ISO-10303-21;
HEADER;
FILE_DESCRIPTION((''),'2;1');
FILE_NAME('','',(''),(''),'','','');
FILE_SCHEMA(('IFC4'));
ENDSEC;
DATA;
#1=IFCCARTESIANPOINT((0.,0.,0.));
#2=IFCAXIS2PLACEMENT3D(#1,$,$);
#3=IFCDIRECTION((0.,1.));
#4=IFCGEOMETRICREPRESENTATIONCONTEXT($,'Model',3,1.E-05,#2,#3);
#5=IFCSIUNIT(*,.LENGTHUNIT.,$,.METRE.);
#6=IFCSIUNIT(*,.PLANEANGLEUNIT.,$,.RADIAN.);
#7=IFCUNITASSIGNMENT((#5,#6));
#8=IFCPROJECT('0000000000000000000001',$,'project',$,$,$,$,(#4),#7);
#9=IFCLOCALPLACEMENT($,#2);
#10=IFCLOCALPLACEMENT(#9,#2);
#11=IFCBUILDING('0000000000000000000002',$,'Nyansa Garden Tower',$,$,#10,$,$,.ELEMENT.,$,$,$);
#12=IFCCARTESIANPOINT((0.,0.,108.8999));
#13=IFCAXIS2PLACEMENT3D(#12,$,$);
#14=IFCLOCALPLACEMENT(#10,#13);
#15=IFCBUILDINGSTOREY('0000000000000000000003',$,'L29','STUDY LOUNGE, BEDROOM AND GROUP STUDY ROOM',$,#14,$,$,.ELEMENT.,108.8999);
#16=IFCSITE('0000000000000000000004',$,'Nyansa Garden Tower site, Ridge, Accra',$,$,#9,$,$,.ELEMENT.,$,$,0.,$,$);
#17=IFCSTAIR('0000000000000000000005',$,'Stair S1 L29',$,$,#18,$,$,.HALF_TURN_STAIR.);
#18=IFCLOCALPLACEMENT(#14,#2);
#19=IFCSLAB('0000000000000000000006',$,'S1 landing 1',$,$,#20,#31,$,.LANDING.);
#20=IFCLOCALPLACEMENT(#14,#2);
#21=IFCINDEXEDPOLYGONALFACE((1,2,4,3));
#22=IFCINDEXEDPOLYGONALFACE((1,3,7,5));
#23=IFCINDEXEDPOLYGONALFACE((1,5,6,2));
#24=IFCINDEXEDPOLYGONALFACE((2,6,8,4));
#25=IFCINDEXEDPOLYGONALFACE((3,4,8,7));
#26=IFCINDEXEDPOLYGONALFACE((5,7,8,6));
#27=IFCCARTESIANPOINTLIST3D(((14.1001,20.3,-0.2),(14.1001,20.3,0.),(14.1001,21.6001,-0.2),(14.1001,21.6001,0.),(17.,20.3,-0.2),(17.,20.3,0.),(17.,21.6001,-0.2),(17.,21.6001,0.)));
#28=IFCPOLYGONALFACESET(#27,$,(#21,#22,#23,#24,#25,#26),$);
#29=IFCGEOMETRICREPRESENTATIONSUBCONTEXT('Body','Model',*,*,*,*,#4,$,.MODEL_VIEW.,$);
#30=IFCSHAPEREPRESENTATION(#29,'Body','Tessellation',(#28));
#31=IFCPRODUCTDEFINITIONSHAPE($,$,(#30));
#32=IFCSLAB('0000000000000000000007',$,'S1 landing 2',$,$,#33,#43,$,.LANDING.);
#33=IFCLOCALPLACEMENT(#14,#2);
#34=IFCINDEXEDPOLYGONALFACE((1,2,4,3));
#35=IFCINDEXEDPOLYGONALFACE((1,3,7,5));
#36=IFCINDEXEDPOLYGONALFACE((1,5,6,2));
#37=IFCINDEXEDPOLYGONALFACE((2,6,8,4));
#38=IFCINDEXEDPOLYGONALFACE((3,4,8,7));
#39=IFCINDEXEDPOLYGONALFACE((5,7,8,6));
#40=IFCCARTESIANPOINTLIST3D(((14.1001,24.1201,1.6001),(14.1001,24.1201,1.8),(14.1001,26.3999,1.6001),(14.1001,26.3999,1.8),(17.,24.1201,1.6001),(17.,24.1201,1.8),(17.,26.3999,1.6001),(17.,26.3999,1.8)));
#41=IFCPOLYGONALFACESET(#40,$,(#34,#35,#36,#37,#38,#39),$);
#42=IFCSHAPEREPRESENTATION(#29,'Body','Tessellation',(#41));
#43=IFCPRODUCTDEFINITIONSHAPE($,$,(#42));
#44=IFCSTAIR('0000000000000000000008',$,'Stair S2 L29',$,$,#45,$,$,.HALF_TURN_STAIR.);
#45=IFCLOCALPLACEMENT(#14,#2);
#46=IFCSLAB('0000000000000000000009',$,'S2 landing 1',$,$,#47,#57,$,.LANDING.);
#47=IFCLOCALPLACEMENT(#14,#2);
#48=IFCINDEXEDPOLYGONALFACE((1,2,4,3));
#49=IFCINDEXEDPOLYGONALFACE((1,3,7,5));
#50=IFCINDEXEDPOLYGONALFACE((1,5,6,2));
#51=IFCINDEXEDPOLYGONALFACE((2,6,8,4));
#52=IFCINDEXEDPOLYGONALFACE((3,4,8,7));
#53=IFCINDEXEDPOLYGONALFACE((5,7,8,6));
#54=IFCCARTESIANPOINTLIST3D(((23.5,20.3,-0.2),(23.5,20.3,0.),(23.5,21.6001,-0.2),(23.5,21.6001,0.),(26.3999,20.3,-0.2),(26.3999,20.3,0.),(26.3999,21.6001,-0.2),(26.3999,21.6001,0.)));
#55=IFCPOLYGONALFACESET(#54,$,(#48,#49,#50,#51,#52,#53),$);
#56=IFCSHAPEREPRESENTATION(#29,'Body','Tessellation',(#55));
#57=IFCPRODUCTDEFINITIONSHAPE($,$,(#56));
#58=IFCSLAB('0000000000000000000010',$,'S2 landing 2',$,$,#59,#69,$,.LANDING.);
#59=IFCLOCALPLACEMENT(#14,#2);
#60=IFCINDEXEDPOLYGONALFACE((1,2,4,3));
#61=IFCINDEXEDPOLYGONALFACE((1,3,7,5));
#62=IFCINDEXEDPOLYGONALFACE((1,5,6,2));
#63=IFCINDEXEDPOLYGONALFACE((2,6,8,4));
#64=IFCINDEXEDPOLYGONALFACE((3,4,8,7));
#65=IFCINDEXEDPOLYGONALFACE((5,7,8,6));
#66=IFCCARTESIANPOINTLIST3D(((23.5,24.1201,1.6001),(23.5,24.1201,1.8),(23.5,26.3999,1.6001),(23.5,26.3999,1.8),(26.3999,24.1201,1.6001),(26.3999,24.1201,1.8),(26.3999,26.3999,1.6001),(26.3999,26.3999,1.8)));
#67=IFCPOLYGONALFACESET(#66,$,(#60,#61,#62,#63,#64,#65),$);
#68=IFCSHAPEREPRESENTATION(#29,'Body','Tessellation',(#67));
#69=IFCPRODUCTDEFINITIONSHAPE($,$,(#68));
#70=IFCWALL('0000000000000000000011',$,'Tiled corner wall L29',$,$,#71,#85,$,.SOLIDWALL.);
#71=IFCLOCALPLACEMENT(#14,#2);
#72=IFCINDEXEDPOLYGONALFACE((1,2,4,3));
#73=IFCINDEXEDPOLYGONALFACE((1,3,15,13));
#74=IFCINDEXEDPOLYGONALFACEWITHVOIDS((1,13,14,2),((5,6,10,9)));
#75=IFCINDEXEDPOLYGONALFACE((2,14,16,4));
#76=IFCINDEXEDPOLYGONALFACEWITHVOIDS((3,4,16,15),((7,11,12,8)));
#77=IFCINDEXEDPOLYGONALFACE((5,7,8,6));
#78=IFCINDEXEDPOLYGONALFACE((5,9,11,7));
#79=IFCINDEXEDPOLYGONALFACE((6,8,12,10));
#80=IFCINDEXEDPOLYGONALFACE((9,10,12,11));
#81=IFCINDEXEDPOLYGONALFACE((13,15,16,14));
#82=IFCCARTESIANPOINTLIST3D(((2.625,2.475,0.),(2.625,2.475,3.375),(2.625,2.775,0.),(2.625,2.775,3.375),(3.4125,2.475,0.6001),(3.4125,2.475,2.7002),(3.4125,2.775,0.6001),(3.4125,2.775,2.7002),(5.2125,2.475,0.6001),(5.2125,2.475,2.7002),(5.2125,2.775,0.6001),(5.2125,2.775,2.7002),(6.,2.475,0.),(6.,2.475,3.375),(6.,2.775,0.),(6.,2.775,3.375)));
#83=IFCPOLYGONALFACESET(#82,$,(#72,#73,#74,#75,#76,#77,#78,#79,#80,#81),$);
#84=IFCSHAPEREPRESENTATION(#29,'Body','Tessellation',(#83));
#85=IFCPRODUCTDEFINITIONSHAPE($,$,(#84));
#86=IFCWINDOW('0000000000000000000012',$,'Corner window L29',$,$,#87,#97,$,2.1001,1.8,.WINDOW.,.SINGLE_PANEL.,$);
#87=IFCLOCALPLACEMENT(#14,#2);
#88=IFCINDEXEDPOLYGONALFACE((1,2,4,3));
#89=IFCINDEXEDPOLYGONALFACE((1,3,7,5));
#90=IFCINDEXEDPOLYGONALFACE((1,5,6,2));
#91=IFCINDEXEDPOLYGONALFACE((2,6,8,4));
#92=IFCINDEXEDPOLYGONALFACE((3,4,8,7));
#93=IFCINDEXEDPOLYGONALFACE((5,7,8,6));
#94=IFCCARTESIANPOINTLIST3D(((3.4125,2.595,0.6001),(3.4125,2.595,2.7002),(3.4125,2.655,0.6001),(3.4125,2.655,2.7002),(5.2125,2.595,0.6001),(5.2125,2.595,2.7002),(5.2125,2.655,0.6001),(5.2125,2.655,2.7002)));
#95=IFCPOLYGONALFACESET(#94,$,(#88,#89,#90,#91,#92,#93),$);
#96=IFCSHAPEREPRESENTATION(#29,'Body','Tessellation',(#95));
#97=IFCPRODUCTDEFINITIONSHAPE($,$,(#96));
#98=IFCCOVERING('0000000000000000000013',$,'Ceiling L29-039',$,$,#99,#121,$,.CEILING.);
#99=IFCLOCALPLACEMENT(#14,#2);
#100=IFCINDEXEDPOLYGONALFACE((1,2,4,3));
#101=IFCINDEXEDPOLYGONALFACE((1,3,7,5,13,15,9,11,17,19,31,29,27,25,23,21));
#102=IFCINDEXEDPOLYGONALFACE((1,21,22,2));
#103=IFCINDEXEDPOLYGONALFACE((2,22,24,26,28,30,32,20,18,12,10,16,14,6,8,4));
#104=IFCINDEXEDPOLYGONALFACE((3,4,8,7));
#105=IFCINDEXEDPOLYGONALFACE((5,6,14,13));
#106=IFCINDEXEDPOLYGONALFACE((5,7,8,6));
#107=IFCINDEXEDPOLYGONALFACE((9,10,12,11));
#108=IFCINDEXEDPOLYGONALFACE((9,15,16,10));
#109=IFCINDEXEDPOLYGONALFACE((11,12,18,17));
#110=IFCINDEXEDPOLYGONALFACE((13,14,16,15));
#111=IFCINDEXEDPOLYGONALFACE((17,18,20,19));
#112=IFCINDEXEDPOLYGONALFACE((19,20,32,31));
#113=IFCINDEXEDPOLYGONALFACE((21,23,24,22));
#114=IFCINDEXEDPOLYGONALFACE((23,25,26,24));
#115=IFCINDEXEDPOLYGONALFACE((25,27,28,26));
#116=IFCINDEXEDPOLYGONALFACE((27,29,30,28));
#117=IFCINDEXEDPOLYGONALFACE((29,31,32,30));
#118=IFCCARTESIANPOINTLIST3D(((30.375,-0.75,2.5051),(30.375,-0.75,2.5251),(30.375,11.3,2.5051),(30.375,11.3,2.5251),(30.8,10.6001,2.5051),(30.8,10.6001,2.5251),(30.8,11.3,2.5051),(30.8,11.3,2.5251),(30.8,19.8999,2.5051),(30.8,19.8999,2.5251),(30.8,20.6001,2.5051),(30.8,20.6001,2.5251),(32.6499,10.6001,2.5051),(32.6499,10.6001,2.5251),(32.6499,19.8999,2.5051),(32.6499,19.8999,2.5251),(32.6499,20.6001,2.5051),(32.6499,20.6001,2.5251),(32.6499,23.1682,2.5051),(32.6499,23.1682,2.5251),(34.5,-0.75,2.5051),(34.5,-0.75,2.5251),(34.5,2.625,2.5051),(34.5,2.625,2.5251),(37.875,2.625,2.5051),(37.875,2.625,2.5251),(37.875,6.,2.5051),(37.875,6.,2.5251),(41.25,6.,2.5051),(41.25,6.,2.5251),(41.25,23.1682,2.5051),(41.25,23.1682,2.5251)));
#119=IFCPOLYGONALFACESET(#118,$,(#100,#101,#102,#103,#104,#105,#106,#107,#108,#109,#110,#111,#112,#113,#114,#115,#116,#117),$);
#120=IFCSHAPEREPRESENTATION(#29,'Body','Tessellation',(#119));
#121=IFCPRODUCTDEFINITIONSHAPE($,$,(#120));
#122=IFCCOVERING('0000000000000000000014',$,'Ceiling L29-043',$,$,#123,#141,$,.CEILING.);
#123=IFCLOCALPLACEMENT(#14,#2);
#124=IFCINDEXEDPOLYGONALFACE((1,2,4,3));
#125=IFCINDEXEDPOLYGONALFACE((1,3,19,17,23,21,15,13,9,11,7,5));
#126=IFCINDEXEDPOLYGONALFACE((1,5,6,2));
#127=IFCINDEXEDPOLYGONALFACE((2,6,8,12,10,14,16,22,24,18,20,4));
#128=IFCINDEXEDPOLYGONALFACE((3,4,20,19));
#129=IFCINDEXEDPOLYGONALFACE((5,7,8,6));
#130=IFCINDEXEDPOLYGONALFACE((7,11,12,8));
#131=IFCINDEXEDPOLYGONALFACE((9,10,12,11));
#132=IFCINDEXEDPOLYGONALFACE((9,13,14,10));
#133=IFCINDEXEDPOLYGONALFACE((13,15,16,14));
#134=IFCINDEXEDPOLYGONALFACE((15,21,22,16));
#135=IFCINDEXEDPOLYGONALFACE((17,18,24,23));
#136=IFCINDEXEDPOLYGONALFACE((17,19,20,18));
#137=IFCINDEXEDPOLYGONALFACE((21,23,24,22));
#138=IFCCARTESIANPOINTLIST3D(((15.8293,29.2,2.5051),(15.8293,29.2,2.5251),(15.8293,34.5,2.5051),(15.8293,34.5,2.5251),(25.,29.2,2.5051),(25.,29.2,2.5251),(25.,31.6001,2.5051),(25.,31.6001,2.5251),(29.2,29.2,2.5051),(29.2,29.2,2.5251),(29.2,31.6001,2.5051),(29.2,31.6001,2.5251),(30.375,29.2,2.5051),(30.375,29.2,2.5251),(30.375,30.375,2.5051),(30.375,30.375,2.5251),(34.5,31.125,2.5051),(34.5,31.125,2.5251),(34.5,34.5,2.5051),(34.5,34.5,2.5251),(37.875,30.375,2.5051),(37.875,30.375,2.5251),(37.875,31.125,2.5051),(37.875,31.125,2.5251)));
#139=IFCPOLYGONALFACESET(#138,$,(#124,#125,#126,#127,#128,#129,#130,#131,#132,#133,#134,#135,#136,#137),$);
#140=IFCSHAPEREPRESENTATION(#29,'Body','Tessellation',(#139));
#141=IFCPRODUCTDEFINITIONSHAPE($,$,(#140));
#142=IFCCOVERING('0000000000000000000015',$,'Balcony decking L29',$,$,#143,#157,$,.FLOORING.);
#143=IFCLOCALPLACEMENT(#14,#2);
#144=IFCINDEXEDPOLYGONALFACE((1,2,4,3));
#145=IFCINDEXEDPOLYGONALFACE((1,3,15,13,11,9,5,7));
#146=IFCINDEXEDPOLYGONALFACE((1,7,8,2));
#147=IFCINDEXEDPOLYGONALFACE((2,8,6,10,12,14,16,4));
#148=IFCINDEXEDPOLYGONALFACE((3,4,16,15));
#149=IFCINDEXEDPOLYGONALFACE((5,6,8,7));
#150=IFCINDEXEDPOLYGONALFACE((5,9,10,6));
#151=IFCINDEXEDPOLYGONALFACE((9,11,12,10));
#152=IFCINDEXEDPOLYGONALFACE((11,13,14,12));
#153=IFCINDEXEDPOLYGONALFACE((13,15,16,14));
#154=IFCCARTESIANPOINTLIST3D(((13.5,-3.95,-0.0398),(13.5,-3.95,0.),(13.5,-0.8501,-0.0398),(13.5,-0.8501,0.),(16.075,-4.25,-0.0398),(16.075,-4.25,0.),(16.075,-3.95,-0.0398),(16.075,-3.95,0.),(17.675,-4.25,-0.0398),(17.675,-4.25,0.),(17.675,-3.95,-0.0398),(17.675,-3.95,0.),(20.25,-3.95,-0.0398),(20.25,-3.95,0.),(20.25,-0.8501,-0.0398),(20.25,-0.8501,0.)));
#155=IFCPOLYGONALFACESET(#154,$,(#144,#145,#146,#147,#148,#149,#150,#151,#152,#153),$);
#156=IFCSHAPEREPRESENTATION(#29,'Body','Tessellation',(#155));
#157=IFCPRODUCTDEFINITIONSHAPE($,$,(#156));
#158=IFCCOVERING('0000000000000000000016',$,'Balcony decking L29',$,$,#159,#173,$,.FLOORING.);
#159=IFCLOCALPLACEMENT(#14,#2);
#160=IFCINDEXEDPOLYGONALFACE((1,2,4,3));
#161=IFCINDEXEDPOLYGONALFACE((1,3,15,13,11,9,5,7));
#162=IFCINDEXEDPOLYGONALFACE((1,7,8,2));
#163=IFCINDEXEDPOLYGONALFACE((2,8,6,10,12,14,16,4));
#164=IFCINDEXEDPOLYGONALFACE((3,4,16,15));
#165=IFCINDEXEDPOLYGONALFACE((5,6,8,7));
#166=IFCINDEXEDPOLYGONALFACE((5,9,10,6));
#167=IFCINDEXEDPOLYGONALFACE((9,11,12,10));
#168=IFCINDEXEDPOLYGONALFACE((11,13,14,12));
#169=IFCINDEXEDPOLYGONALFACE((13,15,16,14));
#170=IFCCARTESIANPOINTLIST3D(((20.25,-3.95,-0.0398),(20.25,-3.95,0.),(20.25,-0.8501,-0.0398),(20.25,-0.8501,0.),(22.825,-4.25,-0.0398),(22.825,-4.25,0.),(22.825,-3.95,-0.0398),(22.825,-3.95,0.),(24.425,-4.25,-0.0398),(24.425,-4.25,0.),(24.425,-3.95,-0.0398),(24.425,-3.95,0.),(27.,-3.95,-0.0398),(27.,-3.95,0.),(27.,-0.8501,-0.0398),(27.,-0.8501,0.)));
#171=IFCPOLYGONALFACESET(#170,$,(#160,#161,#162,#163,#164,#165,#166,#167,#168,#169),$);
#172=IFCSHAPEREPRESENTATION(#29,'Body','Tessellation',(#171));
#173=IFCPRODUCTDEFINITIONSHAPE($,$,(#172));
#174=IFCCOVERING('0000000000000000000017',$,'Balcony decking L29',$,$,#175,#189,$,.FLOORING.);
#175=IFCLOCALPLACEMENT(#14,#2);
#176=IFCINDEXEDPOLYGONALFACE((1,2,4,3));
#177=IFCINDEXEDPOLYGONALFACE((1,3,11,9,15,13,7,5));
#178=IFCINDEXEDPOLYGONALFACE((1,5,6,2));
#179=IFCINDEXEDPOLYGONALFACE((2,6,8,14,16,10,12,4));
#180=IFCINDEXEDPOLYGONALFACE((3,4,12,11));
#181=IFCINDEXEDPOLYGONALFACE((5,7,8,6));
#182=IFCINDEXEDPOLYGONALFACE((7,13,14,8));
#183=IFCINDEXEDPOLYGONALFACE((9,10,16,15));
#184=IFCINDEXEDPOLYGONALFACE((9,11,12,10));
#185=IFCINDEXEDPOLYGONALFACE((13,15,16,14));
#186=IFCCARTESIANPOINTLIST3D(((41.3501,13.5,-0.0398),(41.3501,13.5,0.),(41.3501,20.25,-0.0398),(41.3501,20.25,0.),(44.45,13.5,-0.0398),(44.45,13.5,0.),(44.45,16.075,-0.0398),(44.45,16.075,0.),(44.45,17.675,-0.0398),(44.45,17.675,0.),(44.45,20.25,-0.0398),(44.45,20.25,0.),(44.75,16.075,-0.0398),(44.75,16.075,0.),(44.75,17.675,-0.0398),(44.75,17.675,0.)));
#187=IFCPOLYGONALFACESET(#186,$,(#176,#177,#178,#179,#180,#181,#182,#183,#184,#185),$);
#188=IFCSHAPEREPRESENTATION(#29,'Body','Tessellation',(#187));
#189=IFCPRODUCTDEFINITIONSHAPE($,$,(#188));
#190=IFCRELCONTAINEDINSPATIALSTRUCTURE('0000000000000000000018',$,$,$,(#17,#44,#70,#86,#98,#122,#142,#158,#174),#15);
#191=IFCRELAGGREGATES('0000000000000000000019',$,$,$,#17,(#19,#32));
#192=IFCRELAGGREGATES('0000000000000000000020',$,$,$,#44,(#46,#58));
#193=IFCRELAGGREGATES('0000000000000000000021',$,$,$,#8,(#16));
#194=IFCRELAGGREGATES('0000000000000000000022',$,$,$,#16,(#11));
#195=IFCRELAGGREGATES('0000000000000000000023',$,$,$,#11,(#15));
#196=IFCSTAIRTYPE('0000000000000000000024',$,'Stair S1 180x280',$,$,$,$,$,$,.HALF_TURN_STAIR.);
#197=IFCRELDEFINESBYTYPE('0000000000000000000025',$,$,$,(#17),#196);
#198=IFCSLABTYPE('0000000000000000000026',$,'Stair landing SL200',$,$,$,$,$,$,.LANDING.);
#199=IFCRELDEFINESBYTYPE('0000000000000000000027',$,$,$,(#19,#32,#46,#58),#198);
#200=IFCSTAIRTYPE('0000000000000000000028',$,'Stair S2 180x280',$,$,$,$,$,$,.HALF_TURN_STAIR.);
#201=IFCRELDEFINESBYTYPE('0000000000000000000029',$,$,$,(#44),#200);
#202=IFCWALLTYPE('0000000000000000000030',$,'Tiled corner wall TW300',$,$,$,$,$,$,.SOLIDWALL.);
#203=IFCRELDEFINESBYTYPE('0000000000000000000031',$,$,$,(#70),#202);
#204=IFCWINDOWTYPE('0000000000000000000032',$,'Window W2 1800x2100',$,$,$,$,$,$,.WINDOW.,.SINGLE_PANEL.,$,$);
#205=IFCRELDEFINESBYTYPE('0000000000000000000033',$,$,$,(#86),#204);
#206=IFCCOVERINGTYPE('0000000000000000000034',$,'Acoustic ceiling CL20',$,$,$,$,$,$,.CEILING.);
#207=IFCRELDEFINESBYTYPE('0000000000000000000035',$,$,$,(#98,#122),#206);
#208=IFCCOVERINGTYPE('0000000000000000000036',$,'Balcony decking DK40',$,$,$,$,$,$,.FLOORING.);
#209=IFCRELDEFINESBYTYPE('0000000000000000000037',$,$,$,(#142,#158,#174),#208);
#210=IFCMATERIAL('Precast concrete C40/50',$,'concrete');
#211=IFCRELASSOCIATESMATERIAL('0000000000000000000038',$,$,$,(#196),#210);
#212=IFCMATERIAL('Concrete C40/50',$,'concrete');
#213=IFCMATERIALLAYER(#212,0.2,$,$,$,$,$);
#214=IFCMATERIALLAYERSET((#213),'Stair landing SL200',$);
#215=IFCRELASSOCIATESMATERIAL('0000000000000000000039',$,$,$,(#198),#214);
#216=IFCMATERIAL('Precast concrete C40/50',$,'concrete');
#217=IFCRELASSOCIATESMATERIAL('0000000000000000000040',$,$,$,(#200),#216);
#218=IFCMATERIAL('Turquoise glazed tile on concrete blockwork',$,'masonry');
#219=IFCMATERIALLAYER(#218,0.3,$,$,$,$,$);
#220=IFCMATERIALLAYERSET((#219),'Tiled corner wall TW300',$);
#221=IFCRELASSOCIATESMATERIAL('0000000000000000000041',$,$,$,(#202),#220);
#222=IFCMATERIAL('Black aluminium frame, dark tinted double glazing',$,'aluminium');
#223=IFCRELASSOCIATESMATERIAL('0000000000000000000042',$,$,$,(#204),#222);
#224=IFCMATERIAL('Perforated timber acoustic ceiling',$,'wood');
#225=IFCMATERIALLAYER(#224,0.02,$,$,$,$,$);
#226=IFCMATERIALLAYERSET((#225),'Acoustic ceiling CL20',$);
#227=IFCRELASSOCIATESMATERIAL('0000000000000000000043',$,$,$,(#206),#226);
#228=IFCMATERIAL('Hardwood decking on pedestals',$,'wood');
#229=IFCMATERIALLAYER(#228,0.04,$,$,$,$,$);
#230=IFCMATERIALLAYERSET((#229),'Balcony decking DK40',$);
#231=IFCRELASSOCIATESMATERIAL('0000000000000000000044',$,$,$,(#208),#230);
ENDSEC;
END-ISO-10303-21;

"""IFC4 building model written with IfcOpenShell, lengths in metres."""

from ifc_helpers import new_model, si_unit, direction, frame, frame_2d, origin, place, context, subcontext, project, spatial, polyline, rectangle, outline, extrude, material, layer, layer_set, type_object, element, fill, aggregate, save


model = new_model("IFC4")

# Units and contexts
model_context = context("Model", 3, precision=1e-05, world=origin(), true_north=direction((0.0, 1.0)))
body_context = subcontext(model_context, "Body", "Model", "MODEL_VIEW")
ifc_project = project(units=[si_unit("LENGTHUNIT", "METRE"), si_unit("PLANEANGLEUNIT", "RADIAN")], contexts=[model_context])

# Site, building, storey
site_placement = place(None, origin())
site = spatial("IfcSite", under=ifc_project, at=site_placement, Name="Nyansa Garden Tower site, Ridge, Accra", CompositionType="ELEMENT", RefElevation=0.0)
building_placement = place(site_placement, origin())
building = spatial("IfcBuilding", under=site, at=building_placement, Name="Nyansa Garden Tower", CompositionType="ELEMENT")
storey_placement = place(building_placement, frame((0.0, 0.0, 108.8999)))
storey = spatial("IfcBuildingStorey", under=building, at=storey_placement, Name="L29", Description="STUDY LOUNGE, BEDROOM AND GROUP STUDY ROOM", CompositionType="ELEMENT", Elevation=108.8999)

# Stairs, slabs
ifc_material_1 = material(Name="Precast concrete C40/50", Category="concrete")
stair_type_1 = type_object("IfcStairType", Name="Stair S1 180x280", PredefinedType="HALF_TURN_STAIR", material=ifc_material_1)
stair_1_placement = place(storey_placement, origin())
stair_1 = element("IfcStair", 1, at=stair_1_placement, inside=storey, type_object=stair_type_1, Name="Stair S1 L29", PredefinedType="HALF_TURN_STAIR")
ifc_material_2 = material(Name="Concrete C40/50", Category="concrete")
ifc_layer_1 = layer(ifc_material_2, 0.2)
ifc_layer_set_1 = layer_set([ifc_layer_1], Name="Stair landing SL200")
slab_type_1 = type_object("IfcSlabType", Name="Stair landing SL200", PredefinedType="LANDING", material=ifc_layer_set_1)
slab_1_placement = place(storey_placement, frame((0.0, 0.0, -0.2)))
slab_1 = element("IfcSlab", 2, at=slab_1_placement, type_object=slab_type_1, Name="S1 landing 1", PredefinedType="LANDING", context=body_context, shape_type="SweptSolid", body=[
    extrude(outline(polyline([(14.1001, 20.3), (17.0, 20.3), (17.0, 21.6001), (14.1001, 21.6001), (14.1001, 20.3)])), origin(), (0.0, 0.0, 1.0), 0.2),
])
slab_2_placement = place(storey_placement, frame((0.0, 0.0, 1.6001)))
slab_2 = element("IfcSlab", 3, at=slab_2_placement, type_object=slab_type_1, Name="S1 landing 2", PredefinedType="LANDING", context=body_context, shape_type="SweptSolid", body=[
    extrude(outline(polyline([(14.1001, 24.1201), (17.0, 24.1201), (17.0, 26.3999), (14.1001, 26.3999), (14.1001, 24.1201)])), origin(), (0.0, 0.0, 1.0), 0.2),
])
aggregate(stair_1, [slab_1, slab_2])
ifc_material_3 = material(Name="Precast concrete C40/50", Category="concrete")
stair_type_2 = type_object("IfcStairType", Name="Stair S2 180x280", PredefinedType="HALF_TURN_STAIR", material=ifc_material_3)
stair_2_placement = place(storey_placement, origin())
stair_2 = element("IfcStair", 4, at=stair_2_placement, inside=storey, type_object=stair_type_2, Name="Stair S2 L29", PredefinedType="HALF_TURN_STAIR")
slab_3_placement = place(storey_placement, frame((0.0, 0.0, -0.2)))
slab_3 = element("IfcSlab", 5, at=slab_3_placement, type_object=slab_type_1, Name="S2 landing 1", PredefinedType="LANDING", context=body_context, shape_type="SweptSolid", body=[
    extrude(outline(polyline([(23.5, 20.3), (26.3999, 20.3), (26.3999, 21.6001), (23.5, 21.6001), (23.5, 20.3)])), origin(), (0.0, 0.0, 1.0), 0.2),
])
slab_4_placement = place(storey_placement, frame((0.0, 0.0, 1.6001)))
slab_4 = element("IfcSlab", 6, at=slab_4_placement, type_object=slab_type_1, Name="S2 landing 2", PredefinedType="LANDING", context=body_context, shape_type="SweptSolid", body=[
    extrude(outline(polyline([(23.5, 24.1201), (26.3999, 24.1201), (26.3999, 26.3999), (23.5, 26.3999), (23.5, 24.1201)])), origin(), (0.0, 0.0, 1.0), 0.2),
])
aggregate(stair_2, [slab_3, slab_4])

# Wall, opening, window
ifc_material_4 = material(Name="Turquoise glazed tile on concrete blockwork", Category="masonry")
ifc_layer_2 = layer(ifc_material_4, 0.3)
ifc_layer_set_2 = layer_set([ifc_layer_2], Name="Tiled corner wall TW300")
wall_type = type_object("IfcWallType", Name="Tiled corner wall TW300", PredefinedType="SOLIDWALL", material=ifc_layer_set_2)
wall_placement = place(storey_placement, frame((2.625, 2.625, 0.0), z_axis=(0.0, 0.0, 1.0), x_axis=(1.0, 0.0, 0.0)))
wall = element("IfcWall", 7, at=wall_placement, inside=storey, type_object=wall_type, Name="Tiled corner wall L29", PredefinedType="SOLIDWALL", context=body_context, shape_type="SweptSolid", body=[
    extrude(rectangle(XDim=3.375, YDim=0.3, at=frame_2d((1.6875, 0.0))), origin(), (0.0, 0.0, 1.0), 3.375),
])
opening_placement = place(wall_placement, frame((0.7876, 0.0, 0.6001)))
opening = element("IfcOpeningElement", 8, at=opening_placement, cuts=wall, PredefinedType="OPENING", context=body_context, shape_type="SweptSolid", body=[
    extrude(rectangle(XDim=1.8, YDim=2.1001, at=frame_2d((0.8999, 1.05))), frame((0.0, 0.1599, 0.0), z_axis=(0.0, -1.0, 0.0), x_axis=(1.0, 0.0, 0.0)), (0.0, 0.0, 1.0), 0.3201),
])
ifc_material_5 = material(Name="Black aluminium frame, dark tinted double glazing", Category="aluminium")
window_type = type_object("IfcWindowType", Name="Window W2 1800x2100", PartitioningType="SINGLE_PANEL", PredefinedType="WINDOW", material=ifc_material_5)
window_placement = place(opening_placement, origin())
window = element("IfcWindow", 9, at=window_placement, inside=storey, type_object=window_type, Name="Corner window L29", OverallHeight=2.1001, OverallWidth=1.8, PartitioningType="SINGLE_PANEL", PredefinedType="WINDOW", context=body_context, shape_type="SweptSolid", body=[
    extrude(rectangle(XDim=1.8, YDim=2.1001, at=frame_2d((0.8999, 1.05))), frame((0.0, 0.03, 0.0), z_axis=(0.0, -1.0, 0.0), x_axis=(1.0, 0.0, 0.0)), (0.0, 0.0, 1.0), 0.0601),
])
fill(opening, window)

# Coverings
ifc_material_6 = material(Name="Perforated timber acoustic ceiling", Category="wood")
ifc_layer_3 = layer(ifc_material_6, 0.02)
ifc_layer_set_3 = layer_set([ifc_layer_3], Name="Acoustic ceiling CL20")
covering_type_1 = type_object("IfcCoveringType", Name="Acoustic ceiling CL20", PredefinedType="CEILING", material=ifc_layer_set_3)
covering_1_placement = place(storey_placement, frame((0.0, 0.0, 2.5051)))
element("IfcCovering", 10, at=covering_1_placement, inside=storey, type_object=covering_type_1, Name="Ceiling L29-039", PredefinedType="CEILING", context=body_context, shape_type="SweptSolid", body=[
    extrude(outline(polyline([(30.375, -0.75), (30.375, 11.3), (30.8, 11.3), (30.8, 10.6001), (32.6499, 10.6001), (32.6499, 19.8999), (30.8, 19.8999), (30.8, 20.6001), (32.6499, 20.6001), (32.6499, 23.1682), (41.25, 23.1682), (41.25, 6.0), (37.875, 6.0), (37.875, 2.625), (34.5, 2.625), (34.5, -0.75), (30.375, -0.75)])), origin(), (0.0, 0.0, 1.0), 0.02),
])
covering_2_placement = place(storey_placement, frame((0.0, 0.0, 2.5051)))
element("IfcCovering", 11, at=covering_2_placement, inside=storey, type_object=covering_type_1, Name="Ceiling L29-043", PredefinedType="CEILING", context=body_context, shape_type="SweptSolid", body=[
    extrude(outline(polyline([(37.875, 31.125), (37.875, 30.375), (30.375, 30.375), (30.375, 29.2), (29.2, 29.2), (29.2, 31.6001), (25.0, 31.6001), (25.0, 29.2), (15.8293, 29.2), (15.8293, 34.5), (34.5, 34.5), (34.5, 31.125), (37.875, 31.125)])), origin(), (0.0, 0.0, 1.0), 0.02),
])
ifc_material_7 = material(Name="Hardwood decking on pedestals", Category="wood")
ifc_layer_4 = layer(ifc_material_7, 0.04)
ifc_layer_set_4 = layer_set([ifc_layer_4], Name="Balcony decking DK40")
covering_type_2 = type_object("IfcCoveringType", Name="Balcony decking DK40", PredefinedType="FLOORING", material=ifc_layer_set_4)
covering_3_placement = place(storey_placement, frame((0.0, 0.0, -0.0398)))
element("IfcCovering", 12, at=covering_3_placement, inside=storey, type_object=covering_type_2, Name="Balcony decking L29", PredefinedType="FLOORING", context=body_context, shape_type="SweptSolid", body=[
    extrude(outline(polyline([(13.5, -0.8501), (20.25, -0.8501), (20.25, -3.95), (17.675, -3.95), (17.675, -4.25), (16.075, -4.25), (16.075, -3.95), (13.5, -3.95), (13.5, -0.8501)])), origin(), (0.0, 0.0, 1.0), 0.0398),
])
covering_4_placement = place(storey_placement, frame((0.0, 0.0, -0.0398)))
element("IfcCovering", 13, at=covering_4_placement, inside=storey, type_object=covering_type_2, Name="Balcony decking L29", PredefinedType="FLOORING", context=body_context, shape_type="SweptSolid", body=[
    extrude(outline(polyline([(20.25, -0.8501), (27.0, -0.8501), (27.0, -3.95), (24.425, -3.95), (24.425, -4.25), (22.825, -4.25), (22.825, -3.95), (20.25, -3.95), (20.25, -0.8501)])), origin(), (0.0, 0.0, 1.0), 0.0398),
])
covering_5_placement = place(storey_placement, frame((0.0, 0.0, -0.0398)))
element("IfcCovering", 14, at=covering_5_placement, inside=storey, type_object=covering_type_2, Name="Balcony decking L29", PredefinedType="FLOORING", context=body_context, shape_type="SweptSolid", body=[
    extrude(outline(polyline([(41.3501, 13.5), (41.3501, 20.25), (44.45, 20.25), (44.45, 17.675), (44.75, 17.675), (44.75, 16.075), (44.45, 16.075), (44.45, 13.5), (41.3501, 13.5)])), origin(), (0.0, 0.0, 1.0), 0.0398),
])

save(model, "model.ifc")
